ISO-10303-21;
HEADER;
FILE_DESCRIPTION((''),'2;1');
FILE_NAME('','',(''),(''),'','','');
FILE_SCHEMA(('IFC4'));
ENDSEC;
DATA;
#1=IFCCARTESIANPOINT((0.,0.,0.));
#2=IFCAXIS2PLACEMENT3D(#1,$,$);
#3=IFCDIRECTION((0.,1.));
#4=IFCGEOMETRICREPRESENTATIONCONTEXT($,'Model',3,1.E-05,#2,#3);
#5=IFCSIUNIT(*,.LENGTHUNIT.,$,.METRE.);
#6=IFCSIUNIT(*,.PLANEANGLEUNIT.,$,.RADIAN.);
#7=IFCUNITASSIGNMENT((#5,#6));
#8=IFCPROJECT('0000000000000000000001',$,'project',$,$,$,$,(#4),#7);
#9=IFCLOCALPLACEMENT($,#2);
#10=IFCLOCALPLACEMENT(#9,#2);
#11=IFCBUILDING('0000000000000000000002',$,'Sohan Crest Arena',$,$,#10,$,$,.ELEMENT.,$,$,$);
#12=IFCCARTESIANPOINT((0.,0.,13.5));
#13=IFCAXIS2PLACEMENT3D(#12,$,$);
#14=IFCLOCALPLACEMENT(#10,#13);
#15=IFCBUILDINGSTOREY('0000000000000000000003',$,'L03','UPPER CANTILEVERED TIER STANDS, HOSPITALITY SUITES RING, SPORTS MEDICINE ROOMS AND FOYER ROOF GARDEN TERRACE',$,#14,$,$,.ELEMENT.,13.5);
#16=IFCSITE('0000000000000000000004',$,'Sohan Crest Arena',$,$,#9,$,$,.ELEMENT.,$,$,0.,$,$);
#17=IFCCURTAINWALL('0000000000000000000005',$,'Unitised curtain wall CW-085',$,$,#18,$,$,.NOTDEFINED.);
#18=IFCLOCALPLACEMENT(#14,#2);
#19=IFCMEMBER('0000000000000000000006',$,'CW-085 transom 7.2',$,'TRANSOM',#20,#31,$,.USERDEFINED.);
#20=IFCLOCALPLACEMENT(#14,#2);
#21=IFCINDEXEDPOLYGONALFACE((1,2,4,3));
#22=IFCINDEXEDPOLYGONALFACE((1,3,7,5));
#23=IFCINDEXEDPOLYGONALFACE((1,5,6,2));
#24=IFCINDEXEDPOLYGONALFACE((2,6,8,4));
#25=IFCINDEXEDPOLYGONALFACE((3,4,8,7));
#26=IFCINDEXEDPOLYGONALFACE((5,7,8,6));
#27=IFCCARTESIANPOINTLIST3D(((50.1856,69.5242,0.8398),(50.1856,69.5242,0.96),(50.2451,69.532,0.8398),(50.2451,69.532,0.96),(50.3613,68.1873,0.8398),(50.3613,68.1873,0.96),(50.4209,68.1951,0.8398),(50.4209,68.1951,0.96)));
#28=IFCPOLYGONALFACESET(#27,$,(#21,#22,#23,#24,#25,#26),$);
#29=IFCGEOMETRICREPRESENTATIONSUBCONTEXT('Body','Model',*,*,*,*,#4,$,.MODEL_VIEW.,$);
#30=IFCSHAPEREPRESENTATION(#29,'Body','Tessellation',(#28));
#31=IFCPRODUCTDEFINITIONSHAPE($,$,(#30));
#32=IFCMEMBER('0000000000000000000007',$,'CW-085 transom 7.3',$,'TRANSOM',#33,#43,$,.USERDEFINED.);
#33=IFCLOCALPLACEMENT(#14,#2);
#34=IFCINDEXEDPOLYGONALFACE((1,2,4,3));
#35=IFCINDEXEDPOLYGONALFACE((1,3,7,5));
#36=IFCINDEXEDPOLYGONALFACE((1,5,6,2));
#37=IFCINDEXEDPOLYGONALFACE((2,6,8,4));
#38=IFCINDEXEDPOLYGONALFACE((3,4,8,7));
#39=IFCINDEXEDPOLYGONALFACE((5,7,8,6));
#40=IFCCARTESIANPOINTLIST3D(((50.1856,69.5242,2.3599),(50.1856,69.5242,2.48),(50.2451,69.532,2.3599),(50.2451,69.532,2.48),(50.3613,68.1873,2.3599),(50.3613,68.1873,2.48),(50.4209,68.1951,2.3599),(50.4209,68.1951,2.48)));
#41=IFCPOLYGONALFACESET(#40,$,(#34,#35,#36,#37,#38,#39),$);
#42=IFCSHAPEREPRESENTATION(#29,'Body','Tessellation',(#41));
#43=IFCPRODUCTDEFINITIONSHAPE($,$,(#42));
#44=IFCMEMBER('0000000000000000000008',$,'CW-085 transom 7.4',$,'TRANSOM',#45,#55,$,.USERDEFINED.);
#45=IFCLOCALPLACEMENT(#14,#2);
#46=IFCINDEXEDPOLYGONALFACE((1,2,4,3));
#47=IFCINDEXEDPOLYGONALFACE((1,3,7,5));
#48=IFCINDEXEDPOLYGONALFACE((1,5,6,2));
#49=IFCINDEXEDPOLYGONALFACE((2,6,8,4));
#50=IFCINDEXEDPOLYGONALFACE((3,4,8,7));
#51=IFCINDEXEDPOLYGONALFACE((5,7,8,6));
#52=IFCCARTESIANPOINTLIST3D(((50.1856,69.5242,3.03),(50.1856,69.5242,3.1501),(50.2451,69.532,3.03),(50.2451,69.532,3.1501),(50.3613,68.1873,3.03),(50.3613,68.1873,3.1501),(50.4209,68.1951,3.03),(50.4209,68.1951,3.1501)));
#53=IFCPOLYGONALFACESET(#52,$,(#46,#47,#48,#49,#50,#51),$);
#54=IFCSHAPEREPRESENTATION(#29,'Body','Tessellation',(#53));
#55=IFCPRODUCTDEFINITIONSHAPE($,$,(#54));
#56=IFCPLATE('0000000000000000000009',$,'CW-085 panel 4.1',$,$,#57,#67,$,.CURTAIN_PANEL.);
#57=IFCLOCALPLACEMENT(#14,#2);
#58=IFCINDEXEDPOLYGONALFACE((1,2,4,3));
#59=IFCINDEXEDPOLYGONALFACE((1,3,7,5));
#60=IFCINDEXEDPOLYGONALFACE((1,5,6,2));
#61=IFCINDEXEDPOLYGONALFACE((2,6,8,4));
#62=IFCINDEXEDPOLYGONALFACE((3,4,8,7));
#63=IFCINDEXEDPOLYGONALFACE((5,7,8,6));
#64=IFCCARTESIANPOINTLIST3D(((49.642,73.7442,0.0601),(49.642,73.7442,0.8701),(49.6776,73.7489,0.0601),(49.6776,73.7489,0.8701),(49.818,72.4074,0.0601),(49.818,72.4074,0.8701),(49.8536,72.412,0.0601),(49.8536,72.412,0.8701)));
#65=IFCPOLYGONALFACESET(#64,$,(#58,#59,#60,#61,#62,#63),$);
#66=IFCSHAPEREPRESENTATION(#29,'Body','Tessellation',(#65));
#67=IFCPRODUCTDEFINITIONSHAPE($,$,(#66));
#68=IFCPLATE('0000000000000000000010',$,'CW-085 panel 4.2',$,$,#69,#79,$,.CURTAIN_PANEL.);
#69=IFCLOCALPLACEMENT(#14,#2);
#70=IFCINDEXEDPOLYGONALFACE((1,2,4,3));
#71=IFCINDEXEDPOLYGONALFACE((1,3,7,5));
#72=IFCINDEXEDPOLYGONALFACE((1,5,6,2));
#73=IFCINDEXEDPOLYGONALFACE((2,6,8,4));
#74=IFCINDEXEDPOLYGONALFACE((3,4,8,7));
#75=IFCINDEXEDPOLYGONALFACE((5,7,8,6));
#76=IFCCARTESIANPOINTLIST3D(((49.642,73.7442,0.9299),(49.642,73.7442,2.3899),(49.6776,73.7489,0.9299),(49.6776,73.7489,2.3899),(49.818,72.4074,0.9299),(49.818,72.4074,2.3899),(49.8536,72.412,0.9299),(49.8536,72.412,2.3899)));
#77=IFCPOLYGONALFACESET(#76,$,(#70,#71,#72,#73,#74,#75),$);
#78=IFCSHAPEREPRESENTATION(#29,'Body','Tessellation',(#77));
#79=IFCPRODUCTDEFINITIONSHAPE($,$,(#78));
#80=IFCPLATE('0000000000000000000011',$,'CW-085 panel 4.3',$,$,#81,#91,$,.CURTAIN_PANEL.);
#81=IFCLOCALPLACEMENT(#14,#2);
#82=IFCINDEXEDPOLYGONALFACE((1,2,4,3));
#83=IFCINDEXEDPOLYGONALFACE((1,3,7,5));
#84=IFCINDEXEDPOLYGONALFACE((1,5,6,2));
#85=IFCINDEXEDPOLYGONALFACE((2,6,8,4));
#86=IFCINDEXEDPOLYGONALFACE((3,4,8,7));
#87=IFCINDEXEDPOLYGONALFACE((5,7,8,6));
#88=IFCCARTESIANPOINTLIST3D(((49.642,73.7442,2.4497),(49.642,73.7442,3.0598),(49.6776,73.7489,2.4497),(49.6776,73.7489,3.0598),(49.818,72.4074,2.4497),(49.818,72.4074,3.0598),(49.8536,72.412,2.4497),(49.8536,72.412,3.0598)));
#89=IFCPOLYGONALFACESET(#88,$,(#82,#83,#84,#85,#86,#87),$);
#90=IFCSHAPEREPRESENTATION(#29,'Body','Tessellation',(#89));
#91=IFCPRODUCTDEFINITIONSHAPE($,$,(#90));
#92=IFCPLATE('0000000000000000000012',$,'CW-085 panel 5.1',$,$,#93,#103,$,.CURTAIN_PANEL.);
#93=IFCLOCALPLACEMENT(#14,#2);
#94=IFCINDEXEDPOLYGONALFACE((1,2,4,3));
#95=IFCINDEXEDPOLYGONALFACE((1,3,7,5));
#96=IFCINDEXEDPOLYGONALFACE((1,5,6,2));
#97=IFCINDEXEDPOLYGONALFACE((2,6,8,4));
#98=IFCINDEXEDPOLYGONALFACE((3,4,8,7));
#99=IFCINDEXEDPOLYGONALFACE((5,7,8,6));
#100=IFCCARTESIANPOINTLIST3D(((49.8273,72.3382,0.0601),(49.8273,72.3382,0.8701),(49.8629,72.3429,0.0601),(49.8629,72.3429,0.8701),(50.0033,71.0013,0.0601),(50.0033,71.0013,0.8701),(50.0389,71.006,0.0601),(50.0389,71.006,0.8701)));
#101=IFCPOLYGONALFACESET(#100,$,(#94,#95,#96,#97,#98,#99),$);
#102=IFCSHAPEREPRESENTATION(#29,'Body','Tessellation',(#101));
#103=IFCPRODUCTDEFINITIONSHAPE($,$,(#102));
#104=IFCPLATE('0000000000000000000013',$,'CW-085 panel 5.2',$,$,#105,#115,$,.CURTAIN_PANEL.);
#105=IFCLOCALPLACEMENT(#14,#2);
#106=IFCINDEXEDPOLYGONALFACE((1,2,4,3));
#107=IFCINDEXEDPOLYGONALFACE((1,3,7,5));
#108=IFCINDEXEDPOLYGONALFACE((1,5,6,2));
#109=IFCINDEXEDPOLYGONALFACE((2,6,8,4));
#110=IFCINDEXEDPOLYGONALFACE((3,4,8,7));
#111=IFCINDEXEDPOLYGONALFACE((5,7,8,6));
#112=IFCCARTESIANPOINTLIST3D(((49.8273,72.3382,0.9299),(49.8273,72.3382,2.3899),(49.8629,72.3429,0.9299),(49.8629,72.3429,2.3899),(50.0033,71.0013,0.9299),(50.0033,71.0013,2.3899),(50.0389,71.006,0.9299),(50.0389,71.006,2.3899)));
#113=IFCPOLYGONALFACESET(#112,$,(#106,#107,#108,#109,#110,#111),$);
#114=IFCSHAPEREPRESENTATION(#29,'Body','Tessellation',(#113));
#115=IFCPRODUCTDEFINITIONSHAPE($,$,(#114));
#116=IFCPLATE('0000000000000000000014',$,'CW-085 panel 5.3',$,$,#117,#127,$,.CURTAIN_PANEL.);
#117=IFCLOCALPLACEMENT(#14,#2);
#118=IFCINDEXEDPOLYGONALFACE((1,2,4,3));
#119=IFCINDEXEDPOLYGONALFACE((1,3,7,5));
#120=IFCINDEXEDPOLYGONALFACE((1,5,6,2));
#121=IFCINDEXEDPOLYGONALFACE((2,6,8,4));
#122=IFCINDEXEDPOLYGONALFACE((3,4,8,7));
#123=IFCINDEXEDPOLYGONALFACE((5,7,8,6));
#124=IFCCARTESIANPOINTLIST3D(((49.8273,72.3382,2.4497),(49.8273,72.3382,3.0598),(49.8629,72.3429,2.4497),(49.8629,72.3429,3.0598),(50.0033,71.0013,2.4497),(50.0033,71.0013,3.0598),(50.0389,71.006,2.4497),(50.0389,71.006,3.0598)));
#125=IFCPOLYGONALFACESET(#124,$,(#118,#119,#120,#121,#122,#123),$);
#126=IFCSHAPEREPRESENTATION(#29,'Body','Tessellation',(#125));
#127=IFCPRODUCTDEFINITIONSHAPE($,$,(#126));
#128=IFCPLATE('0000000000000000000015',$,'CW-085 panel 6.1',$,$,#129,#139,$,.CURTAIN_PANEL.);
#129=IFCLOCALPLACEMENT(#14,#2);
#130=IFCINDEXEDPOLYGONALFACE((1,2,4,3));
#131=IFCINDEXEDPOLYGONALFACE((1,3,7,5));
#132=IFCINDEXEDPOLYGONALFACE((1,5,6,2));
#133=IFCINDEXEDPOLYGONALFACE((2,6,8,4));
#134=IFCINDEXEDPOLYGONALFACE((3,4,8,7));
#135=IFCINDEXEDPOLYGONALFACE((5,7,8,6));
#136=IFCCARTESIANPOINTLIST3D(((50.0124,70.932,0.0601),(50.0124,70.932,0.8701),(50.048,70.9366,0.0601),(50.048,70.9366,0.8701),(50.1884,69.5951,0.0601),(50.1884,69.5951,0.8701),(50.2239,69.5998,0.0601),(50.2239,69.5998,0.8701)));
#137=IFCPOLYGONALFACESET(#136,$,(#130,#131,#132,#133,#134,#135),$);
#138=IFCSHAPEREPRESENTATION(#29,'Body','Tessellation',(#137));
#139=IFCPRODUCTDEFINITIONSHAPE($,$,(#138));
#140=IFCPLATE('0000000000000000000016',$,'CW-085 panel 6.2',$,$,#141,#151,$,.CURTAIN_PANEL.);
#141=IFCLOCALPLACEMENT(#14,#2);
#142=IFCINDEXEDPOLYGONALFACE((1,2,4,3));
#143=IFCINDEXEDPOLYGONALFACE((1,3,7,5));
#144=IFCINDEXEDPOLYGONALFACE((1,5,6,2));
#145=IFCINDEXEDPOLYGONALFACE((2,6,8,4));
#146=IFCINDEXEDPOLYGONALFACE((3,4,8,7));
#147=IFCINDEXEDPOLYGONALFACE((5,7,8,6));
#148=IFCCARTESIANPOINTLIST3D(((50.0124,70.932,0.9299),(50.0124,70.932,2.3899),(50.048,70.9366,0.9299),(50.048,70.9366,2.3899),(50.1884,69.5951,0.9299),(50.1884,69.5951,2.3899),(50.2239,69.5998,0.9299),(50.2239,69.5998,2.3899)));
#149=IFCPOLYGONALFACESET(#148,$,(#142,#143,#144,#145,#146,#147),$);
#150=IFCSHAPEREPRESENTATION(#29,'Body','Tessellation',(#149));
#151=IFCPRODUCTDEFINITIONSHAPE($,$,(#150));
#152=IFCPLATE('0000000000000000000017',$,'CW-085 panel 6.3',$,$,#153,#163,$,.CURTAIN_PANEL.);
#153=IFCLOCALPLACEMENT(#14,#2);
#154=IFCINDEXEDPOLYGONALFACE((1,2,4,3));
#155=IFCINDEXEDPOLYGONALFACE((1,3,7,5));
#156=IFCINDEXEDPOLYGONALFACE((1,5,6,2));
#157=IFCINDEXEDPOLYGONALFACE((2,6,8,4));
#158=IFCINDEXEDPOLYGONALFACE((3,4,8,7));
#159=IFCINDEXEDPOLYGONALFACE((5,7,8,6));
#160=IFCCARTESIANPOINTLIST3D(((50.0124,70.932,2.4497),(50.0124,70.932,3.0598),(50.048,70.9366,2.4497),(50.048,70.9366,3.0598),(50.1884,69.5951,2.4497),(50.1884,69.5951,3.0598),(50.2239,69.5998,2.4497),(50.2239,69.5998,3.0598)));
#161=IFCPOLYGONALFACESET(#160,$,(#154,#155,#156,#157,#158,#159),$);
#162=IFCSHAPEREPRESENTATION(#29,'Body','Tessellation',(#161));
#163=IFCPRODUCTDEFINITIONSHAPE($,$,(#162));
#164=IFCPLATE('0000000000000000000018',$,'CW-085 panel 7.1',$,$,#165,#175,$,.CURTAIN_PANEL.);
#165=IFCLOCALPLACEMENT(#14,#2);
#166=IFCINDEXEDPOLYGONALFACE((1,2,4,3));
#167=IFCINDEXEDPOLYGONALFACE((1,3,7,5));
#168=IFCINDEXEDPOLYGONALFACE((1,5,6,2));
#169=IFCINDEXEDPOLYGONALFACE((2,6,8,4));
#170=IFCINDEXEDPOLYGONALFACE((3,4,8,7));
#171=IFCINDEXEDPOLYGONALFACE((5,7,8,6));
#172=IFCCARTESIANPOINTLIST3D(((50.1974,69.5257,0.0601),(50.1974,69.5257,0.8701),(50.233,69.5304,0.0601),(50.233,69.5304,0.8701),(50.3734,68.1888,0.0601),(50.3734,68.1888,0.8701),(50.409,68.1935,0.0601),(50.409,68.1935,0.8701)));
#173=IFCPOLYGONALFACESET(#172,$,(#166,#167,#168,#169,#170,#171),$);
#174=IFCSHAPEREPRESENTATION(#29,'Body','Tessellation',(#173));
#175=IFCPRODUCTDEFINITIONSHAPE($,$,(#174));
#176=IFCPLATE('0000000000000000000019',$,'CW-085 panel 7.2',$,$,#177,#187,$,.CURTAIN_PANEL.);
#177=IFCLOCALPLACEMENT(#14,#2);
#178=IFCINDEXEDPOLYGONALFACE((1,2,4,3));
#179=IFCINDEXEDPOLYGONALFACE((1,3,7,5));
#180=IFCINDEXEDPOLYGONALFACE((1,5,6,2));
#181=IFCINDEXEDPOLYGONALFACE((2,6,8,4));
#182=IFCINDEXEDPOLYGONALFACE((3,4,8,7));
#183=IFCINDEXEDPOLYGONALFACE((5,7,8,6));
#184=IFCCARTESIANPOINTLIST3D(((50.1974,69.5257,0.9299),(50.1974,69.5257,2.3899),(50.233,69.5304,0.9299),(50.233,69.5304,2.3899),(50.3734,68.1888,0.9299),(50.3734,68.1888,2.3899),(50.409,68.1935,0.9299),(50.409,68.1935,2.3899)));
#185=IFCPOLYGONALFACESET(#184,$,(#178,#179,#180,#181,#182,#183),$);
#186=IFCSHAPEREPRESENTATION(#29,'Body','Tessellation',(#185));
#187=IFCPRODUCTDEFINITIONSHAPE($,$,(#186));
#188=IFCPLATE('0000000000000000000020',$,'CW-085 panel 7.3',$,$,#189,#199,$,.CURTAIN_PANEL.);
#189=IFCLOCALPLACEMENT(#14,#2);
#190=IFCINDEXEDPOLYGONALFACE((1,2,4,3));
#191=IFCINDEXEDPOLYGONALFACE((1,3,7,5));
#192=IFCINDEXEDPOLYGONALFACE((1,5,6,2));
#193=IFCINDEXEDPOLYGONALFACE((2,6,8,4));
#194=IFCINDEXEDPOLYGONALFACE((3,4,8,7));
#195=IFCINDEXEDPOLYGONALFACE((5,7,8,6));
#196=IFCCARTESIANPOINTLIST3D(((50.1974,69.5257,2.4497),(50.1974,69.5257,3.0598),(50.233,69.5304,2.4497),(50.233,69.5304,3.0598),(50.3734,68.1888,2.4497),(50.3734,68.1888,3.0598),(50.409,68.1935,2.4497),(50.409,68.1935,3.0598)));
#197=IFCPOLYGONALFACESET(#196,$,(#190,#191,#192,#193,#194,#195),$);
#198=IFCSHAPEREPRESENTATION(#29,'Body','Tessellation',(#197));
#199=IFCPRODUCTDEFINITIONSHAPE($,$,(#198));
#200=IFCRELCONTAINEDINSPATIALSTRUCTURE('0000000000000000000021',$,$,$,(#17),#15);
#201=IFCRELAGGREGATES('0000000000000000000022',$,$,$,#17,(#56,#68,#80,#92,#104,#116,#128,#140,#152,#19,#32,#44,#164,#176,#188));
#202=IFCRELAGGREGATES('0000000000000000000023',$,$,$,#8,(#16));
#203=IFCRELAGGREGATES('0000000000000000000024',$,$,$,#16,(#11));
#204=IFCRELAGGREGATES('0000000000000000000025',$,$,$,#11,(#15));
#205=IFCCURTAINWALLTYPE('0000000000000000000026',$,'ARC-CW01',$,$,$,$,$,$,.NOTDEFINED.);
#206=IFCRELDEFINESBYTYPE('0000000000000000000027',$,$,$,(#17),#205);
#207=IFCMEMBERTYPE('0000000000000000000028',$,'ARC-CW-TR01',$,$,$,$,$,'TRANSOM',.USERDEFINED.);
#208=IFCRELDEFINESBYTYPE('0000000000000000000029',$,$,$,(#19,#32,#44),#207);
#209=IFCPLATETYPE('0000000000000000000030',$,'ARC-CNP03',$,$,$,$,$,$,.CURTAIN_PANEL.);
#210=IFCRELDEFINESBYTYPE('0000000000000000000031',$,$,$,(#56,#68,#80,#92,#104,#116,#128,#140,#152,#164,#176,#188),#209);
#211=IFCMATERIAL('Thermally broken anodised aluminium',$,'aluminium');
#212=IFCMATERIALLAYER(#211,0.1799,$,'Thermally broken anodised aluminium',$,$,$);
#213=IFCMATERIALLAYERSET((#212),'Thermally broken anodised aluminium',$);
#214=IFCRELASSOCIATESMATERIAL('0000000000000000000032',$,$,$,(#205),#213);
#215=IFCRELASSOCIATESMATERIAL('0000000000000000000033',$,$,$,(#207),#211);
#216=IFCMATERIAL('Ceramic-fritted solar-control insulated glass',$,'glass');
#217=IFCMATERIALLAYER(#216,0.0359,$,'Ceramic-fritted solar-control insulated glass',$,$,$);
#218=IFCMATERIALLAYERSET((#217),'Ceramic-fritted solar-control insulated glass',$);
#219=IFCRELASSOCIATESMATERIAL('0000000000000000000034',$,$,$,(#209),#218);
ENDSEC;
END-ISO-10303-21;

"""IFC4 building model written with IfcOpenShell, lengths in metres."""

from ifc_helpers import new_model, si_unit, direction, frame, origin, origin_2d, place, context, subcontext, project, spatial, rectangle, extrude, material, layer, layer_set, material_profile, profile_set, type_object, element, aggregate, save


model = new_model("IFC4")

# Units and contexts
model_context = context("Model", 3, precision=1e-05, world=origin(), true_north=direction((0.0, 1.0)))
body_context = subcontext(model_context, "Body", "Model", "MODEL_VIEW")
ifc_project = project(units=[si_unit("LENGTHUNIT", "METRE"), si_unit("PLANEANGLEUNIT", "RADIAN")], contexts=[model_context])

# Site, building, storey
site_placement = place(None, origin())
site = spatial("IfcSite", under=ifc_project, at=site_placement, Name="Sohan Crest Arena", CompositionType="ELEMENT", RefElevation=0.0)
building_placement = place(site_placement, origin())
building = spatial("IfcBuilding", under=site, at=building_placement, Name="Sohan Crest Arena", CompositionType="ELEMENT")
storey_placement = place(building_placement, frame((0.0, 0.0, 13.5)))
storey = spatial("IfcBuildingStorey", under=building, at=storey_placement, Name="L03", Description="UPPER CANTILEVERED TIER STANDS, HOSPITALITY SUITES RING, SPORTS MEDICINE ROOMS AND FOYER ROOF GARDEN TERRACE", CompositionType="ELEMENT", Elevation=13.5)

# Curtain wall, members, plates
ifc_material_1 = material(Name="Thermally broken anodised aluminium", Category="aluminium")
ifc_layer_1 = layer(ifc_material_1, 0.1799, Name="Thermally broken anodised aluminium")
ifc_layer_set_1 = layer_set([ifc_layer_1], Name="Thermally broken anodised aluminium")
curtain_wall_type = type_object("IfcCurtainWallType", Name="ARC-CW01", PredefinedType="NOTDEFINED", material=ifc_layer_set_1)
curtain_wall_placement = place(storey_placement, origin())
curtain_wall = element("IfcCurtainWall", 1, at=curtain_wall_placement, inside=storey, type_object=curtain_wall_type, Name="Unitised curtain wall CW-085", PredefinedType="NOTDEFINED")
ifc_material_profile_1 = material_profile(ifc_material_1, rectangle(XDim=0.0601, YDim=0.1201, at=origin_2d()), Name="ALU-TRAN 60x120")
ifc_profile_set_1 = profile_set([ifc_material_profile_1], Name="Thermally broken anodised aluminium")
member_type_1 = type_object("IfcMemberType", Name="ARC-CW-TR01", ElementType="TRANSOM", PredefinedType="USERDEFINED", material=ifc_profile_set_1)
member_1_placement = place(storey_placement, frame((50.2153, 69.5281, 0.8999), z_axis=(0.130361, -0.991467, 0.0), x_axis=(0.991467, 0.130361, 0.0)))
member_1 = element("IfcMember", 2, at=member_1_placement, type_object=member_type_1, Name="CW-085 transom 7.2", ObjectType="TRANSOM", PredefinedType="USERDEFINED", context=body_context, shape_type="SweptSolid", body=[
    extrude(rectangle(XDim=0.0601, YDim=0.1201, at=origin_2d()), origin(), (0.0, 0.0, 1.0), 1.3484),
])
member_2_placement = place(storey_placement, frame((50.2153, 69.5281, 2.4199), z_axis=(0.130361, -0.991467, 0.0), x_axis=(0.991467, 0.130361, 0.0)))
member_2 = element("IfcMember", 3, at=member_2_placement, type_object=member_type_1, Name="CW-085 transom 7.3", ObjectType="TRANSOM", PredefinedType="USERDEFINED", context=body_context, shape_type="SweptSolid", body=[
    extrude(rectangle(XDim=0.0601, YDim=0.1201, at=origin_2d()), origin(), (0.0, 0.0, 1.0), 1.3484),
])
member_3_placement = place(storey_placement, frame((50.2153, 69.5281, 3.0901), z_axis=(0.130361, -0.991467, 0.0), x_axis=(0.991467, 0.130361, 0.0)))
member_3 = element("IfcMember", 4, at=member_3_placement, type_object=member_type_1, Name="CW-085 transom 7.4", ObjectType="TRANSOM", PredefinedType="USERDEFINED", context=body_context, shape_type="SweptSolid", body=[
    extrude(rectangle(XDim=0.0601, YDim=0.1201, at=origin_2d()), origin(), (0.0, 0.0, 1.0), 1.3484),
])
ifc_material_2 = material(Name="Ceramic-fritted solar-control insulated glass", Category="glass")
ifc_layer_2 = layer(ifc_material_2, 0.0359, Name="Ceramic-fritted solar-control insulated glass")
ifc_layer_set_2 = layer_set([ifc_layer_2], Name="Ceramic-fritted solar-control insulated glass")
plate_type = type_object("IfcPlateType", Name="ARC-CNP03", PredefinedType="CURTAIN_PANEL", material=ifc_layer_set_2)
plate_1_placement = place(storey_placement, frame((49.7478, 73.0781, 0.0601), z_axis=(0.0, 0.0, 1.0), x_axis=(0.130511, -0.991447, 0.0)))
plate_1 = element("IfcPlate", 5, at=plate_1_placement, type_object=plate_type, Name="CW-085 panel 4.1", PredefinedType="CURTAIN_PANEL", context=body_context, shape_type="SweptSolid", body=[
    extrude(rectangle(XDim=1.3484, YDim=0.0359, at=origin_2d()), origin(), (0.0, 0.0, 1.0), 0.8101),
])
plate_2_placement = place(storey_placement, frame((49.7478, 73.0781, 0.9299), z_axis=(0.0, 0.0, 1.0), x_axis=(0.130511, -0.991447, 0.0)))
plate_2 = element("IfcPlate", 6, at=plate_2_placement, type_object=plate_type, Name="CW-085 panel 4.2", PredefinedType="CURTAIN_PANEL", context=body_context, shape_type="SweptSolid", body=[
    extrude(rectangle(XDim=1.3484, YDim=0.0359, at=origin_2d()), origin(), (0.0, 0.0, 1.0), 1.46),
])
plate_3_placement = place(storey_placement, frame((49.7478, 73.0781, 2.4497), z_axis=(0.0, 0.0, 1.0), x_axis=(0.130511, -0.991447, 0.0)))
plate_3 = element("IfcPlate", 7, at=plate_3_placement, type_object=plate_type, Name="CW-085 panel 4.3", PredefinedType="CURTAIN_PANEL", context=body_context, shape_type="SweptSolid", body=[
    extrude(rectangle(XDim=1.3484, YDim=0.0359, at=origin_2d()), origin(), (0.0, 0.0, 1.0), 0.6101),
])
plate_4_placement = place(storey_placement, frame((49.9331, 71.6721, 0.0601), z_axis=(0.0, 0.0, 1.0), x_axis=(0.130511, -0.991447, 0.0)))
plate_4 = element("IfcPlate", 8, at=plate_4_placement, type_object=plate_type, Name="CW-085 panel 5.1", PredefinedType="CURTAIN_PANEL", context=body_context, shape_type="SweptSolid", body=[
    extrude(rectangle(XDim=1.3484, YDim=0.0359, at=origin_2d()), origin(), (0.0, 0.0, 1.0), 0.8101),
])
plate_5_placement = place(storey_placement, frame((49.9331, 71.6721, 0.9299), z_axis=(0.0, 0.0, 1.0), x_axis=(0.130511, -0.991447, 0.0)))
plate_5 = element("IfcPlate", 9, at=plate_5_placement, type_object=plate_type, Name="CW-085 panel 5.2", PredefinedType="CURTAIN_PANEL", context=body_context, shape_type="SweptSolid", body=[
    extrude(rectangle(XDim=1.3484, YDim=0.0359, at=origin_2d()), origin(), (0.0, 0.0, 1.0), 1.46),
])
plate_6_placement = place(storey_placement, frame((49.9331, 71.6721, 2.4497), z_axis=(0.0, 0.0, 1.0), x_axis=(0.130511, -0.991447, 0.0)))
plate_6 = element("IfcPlate", 10, at=plate_6_placement, type_object=plate_type, Name="CW-085 panel 5.3", PredefinedType="CURTAIN_PANEL", context=body_context, shape_type="SweptSolid", body=[
    extrude(rectangle(XDim=1.3484, YDim=0.0359, at=origin_2d()), origin(), (0.0, 0.0, 1.0), 0.6101),
])
plate_7_placement = place(storey_placement, frame((50.1182, 70.2659, 0.0601), z_axis=(0.0, 0.0, 1.0), x_axis=(0.130511, -0.991447, 0.0)))
plate_7 = element("IfcPlate", 11, at=plate_7_placement, type_object=plate_type, Name="CW-085 panel 6.1", PredefinedType="CURTAIN_PANEL", context=body_context, shape_type="SweptSolid", body=[
    extrude(rectangle(XDim=1.3484, YDim=0.0359, at=origin_2d()), origin(), (0.0, 0.0, 1.0), 0.8101),
])
plate_8_placement = place(storey_placement, frame((50.1182, 70.2659, 0.9299), z_axis=(0.0, 0.0, 1.0), x_axis=(0.130511, -0.991447, 0.0)))
plate_8 = element("IfcPlate", 12, at=plate_8_placement, type_object=plate_type, Name="CW-085 panel 6.2", PredefinedType="CURTAIN_PANEL", context=body_context, shape_type="SweptSolid", body=[
    extrude(rectangle(XDim=1.3484, YDim=0.0359, at=origin_2d()), origin(), (0.0, 0.0, 1.0), 1.46),
])
plate_9_placement = place(storey_placement, frame((50.1182, 70.2659, 2.4497), z_axis=(0.0, 0.0, 1.0), x_axis=(0.130511, -0.991447, 0.0)))
plate_9 = element("IfcPlate", 13, at=plate_9_placement, type_object=plate_type, Name="CW-085 panel 6.3", PredefinedType="CURTAIN_PANEL", context=body_context, shape_type="SweptSolid", body=[
    extrude(rectangle(XDim=1.3484, YDim=0.0359, at=origin_2d()), origin(), (0.0, 0.0, 1.0), 0.6101),
])
plate_10_placement = place(storey_placement, frame((50.3032, 68.8596, 0.0601), z_axis=(0.0, 0.0, 1.0), x_axis=(0.130511, -0.991447, 0.0)))
plate_10 = element("IfcPlate", 14, at=plate_10_placement, type_object=plate_type, Name="CW-085 panel 7.1", PredefinedType="CURTAIN_PANEL", context=body_context, shape_type="SweptSolid", body=[
    extrude(rectangle(XDim=1.3484, YDim=0.0359, at=origin_2d()), origin(), (0.0, 0.0, 1.0), 0.8101),
])
plate_11_placement = place(storey_placement, frame((50.3032, 68.8596, 0.9299), z_axis=(0.0, 0.0, 1.0), x_axis=(0.130511, -0.991447, 0.0)))
plate_11 = element("IfcPlate", 15, at=plate_11_placement, type_object=plate_type, Name="CW-085 panel 7.2", PredefinedType="CURTAIN_PANEL", context=body_context, shape_type="SweptSolid", body=[
    extrude(rectangle(XDim=1.3484, YDim=0.0359, at=origin_2d()), origin(), (0.0, 0.0, 1.0), 1.46),
])
plate_12_placement = place(storey_placement, frame((50.3032, 68.8596, 2.4497), z_axis=(0.0, 0.0, 1.0), x_axis=(0.130511, -0.991447, 0.0)))
plate_12 = element("IfcPlate", 16, at=plate_12_placement, type_object=plate_type, Name="CW-085 panel 7.3", PredefinedType="CURTAIN_PANEL", context=body_context, shape_type="SweptSolid", body=[
    extrude(rectangle(XDim=1.3484, YDim=0.0359, at=origin_2d()), origin(), (0.0, 0.0, 1.0), 0.6101),
])
aggregate(curtain_wall, [plate_1, plate_2, plate_3, plate_4, plate_5, plate_6, plate_7, plate_8, plate_9, member_1, member_2, member_3, plate_10, plate_11, plate_12])

save(model, "model.ifc")
